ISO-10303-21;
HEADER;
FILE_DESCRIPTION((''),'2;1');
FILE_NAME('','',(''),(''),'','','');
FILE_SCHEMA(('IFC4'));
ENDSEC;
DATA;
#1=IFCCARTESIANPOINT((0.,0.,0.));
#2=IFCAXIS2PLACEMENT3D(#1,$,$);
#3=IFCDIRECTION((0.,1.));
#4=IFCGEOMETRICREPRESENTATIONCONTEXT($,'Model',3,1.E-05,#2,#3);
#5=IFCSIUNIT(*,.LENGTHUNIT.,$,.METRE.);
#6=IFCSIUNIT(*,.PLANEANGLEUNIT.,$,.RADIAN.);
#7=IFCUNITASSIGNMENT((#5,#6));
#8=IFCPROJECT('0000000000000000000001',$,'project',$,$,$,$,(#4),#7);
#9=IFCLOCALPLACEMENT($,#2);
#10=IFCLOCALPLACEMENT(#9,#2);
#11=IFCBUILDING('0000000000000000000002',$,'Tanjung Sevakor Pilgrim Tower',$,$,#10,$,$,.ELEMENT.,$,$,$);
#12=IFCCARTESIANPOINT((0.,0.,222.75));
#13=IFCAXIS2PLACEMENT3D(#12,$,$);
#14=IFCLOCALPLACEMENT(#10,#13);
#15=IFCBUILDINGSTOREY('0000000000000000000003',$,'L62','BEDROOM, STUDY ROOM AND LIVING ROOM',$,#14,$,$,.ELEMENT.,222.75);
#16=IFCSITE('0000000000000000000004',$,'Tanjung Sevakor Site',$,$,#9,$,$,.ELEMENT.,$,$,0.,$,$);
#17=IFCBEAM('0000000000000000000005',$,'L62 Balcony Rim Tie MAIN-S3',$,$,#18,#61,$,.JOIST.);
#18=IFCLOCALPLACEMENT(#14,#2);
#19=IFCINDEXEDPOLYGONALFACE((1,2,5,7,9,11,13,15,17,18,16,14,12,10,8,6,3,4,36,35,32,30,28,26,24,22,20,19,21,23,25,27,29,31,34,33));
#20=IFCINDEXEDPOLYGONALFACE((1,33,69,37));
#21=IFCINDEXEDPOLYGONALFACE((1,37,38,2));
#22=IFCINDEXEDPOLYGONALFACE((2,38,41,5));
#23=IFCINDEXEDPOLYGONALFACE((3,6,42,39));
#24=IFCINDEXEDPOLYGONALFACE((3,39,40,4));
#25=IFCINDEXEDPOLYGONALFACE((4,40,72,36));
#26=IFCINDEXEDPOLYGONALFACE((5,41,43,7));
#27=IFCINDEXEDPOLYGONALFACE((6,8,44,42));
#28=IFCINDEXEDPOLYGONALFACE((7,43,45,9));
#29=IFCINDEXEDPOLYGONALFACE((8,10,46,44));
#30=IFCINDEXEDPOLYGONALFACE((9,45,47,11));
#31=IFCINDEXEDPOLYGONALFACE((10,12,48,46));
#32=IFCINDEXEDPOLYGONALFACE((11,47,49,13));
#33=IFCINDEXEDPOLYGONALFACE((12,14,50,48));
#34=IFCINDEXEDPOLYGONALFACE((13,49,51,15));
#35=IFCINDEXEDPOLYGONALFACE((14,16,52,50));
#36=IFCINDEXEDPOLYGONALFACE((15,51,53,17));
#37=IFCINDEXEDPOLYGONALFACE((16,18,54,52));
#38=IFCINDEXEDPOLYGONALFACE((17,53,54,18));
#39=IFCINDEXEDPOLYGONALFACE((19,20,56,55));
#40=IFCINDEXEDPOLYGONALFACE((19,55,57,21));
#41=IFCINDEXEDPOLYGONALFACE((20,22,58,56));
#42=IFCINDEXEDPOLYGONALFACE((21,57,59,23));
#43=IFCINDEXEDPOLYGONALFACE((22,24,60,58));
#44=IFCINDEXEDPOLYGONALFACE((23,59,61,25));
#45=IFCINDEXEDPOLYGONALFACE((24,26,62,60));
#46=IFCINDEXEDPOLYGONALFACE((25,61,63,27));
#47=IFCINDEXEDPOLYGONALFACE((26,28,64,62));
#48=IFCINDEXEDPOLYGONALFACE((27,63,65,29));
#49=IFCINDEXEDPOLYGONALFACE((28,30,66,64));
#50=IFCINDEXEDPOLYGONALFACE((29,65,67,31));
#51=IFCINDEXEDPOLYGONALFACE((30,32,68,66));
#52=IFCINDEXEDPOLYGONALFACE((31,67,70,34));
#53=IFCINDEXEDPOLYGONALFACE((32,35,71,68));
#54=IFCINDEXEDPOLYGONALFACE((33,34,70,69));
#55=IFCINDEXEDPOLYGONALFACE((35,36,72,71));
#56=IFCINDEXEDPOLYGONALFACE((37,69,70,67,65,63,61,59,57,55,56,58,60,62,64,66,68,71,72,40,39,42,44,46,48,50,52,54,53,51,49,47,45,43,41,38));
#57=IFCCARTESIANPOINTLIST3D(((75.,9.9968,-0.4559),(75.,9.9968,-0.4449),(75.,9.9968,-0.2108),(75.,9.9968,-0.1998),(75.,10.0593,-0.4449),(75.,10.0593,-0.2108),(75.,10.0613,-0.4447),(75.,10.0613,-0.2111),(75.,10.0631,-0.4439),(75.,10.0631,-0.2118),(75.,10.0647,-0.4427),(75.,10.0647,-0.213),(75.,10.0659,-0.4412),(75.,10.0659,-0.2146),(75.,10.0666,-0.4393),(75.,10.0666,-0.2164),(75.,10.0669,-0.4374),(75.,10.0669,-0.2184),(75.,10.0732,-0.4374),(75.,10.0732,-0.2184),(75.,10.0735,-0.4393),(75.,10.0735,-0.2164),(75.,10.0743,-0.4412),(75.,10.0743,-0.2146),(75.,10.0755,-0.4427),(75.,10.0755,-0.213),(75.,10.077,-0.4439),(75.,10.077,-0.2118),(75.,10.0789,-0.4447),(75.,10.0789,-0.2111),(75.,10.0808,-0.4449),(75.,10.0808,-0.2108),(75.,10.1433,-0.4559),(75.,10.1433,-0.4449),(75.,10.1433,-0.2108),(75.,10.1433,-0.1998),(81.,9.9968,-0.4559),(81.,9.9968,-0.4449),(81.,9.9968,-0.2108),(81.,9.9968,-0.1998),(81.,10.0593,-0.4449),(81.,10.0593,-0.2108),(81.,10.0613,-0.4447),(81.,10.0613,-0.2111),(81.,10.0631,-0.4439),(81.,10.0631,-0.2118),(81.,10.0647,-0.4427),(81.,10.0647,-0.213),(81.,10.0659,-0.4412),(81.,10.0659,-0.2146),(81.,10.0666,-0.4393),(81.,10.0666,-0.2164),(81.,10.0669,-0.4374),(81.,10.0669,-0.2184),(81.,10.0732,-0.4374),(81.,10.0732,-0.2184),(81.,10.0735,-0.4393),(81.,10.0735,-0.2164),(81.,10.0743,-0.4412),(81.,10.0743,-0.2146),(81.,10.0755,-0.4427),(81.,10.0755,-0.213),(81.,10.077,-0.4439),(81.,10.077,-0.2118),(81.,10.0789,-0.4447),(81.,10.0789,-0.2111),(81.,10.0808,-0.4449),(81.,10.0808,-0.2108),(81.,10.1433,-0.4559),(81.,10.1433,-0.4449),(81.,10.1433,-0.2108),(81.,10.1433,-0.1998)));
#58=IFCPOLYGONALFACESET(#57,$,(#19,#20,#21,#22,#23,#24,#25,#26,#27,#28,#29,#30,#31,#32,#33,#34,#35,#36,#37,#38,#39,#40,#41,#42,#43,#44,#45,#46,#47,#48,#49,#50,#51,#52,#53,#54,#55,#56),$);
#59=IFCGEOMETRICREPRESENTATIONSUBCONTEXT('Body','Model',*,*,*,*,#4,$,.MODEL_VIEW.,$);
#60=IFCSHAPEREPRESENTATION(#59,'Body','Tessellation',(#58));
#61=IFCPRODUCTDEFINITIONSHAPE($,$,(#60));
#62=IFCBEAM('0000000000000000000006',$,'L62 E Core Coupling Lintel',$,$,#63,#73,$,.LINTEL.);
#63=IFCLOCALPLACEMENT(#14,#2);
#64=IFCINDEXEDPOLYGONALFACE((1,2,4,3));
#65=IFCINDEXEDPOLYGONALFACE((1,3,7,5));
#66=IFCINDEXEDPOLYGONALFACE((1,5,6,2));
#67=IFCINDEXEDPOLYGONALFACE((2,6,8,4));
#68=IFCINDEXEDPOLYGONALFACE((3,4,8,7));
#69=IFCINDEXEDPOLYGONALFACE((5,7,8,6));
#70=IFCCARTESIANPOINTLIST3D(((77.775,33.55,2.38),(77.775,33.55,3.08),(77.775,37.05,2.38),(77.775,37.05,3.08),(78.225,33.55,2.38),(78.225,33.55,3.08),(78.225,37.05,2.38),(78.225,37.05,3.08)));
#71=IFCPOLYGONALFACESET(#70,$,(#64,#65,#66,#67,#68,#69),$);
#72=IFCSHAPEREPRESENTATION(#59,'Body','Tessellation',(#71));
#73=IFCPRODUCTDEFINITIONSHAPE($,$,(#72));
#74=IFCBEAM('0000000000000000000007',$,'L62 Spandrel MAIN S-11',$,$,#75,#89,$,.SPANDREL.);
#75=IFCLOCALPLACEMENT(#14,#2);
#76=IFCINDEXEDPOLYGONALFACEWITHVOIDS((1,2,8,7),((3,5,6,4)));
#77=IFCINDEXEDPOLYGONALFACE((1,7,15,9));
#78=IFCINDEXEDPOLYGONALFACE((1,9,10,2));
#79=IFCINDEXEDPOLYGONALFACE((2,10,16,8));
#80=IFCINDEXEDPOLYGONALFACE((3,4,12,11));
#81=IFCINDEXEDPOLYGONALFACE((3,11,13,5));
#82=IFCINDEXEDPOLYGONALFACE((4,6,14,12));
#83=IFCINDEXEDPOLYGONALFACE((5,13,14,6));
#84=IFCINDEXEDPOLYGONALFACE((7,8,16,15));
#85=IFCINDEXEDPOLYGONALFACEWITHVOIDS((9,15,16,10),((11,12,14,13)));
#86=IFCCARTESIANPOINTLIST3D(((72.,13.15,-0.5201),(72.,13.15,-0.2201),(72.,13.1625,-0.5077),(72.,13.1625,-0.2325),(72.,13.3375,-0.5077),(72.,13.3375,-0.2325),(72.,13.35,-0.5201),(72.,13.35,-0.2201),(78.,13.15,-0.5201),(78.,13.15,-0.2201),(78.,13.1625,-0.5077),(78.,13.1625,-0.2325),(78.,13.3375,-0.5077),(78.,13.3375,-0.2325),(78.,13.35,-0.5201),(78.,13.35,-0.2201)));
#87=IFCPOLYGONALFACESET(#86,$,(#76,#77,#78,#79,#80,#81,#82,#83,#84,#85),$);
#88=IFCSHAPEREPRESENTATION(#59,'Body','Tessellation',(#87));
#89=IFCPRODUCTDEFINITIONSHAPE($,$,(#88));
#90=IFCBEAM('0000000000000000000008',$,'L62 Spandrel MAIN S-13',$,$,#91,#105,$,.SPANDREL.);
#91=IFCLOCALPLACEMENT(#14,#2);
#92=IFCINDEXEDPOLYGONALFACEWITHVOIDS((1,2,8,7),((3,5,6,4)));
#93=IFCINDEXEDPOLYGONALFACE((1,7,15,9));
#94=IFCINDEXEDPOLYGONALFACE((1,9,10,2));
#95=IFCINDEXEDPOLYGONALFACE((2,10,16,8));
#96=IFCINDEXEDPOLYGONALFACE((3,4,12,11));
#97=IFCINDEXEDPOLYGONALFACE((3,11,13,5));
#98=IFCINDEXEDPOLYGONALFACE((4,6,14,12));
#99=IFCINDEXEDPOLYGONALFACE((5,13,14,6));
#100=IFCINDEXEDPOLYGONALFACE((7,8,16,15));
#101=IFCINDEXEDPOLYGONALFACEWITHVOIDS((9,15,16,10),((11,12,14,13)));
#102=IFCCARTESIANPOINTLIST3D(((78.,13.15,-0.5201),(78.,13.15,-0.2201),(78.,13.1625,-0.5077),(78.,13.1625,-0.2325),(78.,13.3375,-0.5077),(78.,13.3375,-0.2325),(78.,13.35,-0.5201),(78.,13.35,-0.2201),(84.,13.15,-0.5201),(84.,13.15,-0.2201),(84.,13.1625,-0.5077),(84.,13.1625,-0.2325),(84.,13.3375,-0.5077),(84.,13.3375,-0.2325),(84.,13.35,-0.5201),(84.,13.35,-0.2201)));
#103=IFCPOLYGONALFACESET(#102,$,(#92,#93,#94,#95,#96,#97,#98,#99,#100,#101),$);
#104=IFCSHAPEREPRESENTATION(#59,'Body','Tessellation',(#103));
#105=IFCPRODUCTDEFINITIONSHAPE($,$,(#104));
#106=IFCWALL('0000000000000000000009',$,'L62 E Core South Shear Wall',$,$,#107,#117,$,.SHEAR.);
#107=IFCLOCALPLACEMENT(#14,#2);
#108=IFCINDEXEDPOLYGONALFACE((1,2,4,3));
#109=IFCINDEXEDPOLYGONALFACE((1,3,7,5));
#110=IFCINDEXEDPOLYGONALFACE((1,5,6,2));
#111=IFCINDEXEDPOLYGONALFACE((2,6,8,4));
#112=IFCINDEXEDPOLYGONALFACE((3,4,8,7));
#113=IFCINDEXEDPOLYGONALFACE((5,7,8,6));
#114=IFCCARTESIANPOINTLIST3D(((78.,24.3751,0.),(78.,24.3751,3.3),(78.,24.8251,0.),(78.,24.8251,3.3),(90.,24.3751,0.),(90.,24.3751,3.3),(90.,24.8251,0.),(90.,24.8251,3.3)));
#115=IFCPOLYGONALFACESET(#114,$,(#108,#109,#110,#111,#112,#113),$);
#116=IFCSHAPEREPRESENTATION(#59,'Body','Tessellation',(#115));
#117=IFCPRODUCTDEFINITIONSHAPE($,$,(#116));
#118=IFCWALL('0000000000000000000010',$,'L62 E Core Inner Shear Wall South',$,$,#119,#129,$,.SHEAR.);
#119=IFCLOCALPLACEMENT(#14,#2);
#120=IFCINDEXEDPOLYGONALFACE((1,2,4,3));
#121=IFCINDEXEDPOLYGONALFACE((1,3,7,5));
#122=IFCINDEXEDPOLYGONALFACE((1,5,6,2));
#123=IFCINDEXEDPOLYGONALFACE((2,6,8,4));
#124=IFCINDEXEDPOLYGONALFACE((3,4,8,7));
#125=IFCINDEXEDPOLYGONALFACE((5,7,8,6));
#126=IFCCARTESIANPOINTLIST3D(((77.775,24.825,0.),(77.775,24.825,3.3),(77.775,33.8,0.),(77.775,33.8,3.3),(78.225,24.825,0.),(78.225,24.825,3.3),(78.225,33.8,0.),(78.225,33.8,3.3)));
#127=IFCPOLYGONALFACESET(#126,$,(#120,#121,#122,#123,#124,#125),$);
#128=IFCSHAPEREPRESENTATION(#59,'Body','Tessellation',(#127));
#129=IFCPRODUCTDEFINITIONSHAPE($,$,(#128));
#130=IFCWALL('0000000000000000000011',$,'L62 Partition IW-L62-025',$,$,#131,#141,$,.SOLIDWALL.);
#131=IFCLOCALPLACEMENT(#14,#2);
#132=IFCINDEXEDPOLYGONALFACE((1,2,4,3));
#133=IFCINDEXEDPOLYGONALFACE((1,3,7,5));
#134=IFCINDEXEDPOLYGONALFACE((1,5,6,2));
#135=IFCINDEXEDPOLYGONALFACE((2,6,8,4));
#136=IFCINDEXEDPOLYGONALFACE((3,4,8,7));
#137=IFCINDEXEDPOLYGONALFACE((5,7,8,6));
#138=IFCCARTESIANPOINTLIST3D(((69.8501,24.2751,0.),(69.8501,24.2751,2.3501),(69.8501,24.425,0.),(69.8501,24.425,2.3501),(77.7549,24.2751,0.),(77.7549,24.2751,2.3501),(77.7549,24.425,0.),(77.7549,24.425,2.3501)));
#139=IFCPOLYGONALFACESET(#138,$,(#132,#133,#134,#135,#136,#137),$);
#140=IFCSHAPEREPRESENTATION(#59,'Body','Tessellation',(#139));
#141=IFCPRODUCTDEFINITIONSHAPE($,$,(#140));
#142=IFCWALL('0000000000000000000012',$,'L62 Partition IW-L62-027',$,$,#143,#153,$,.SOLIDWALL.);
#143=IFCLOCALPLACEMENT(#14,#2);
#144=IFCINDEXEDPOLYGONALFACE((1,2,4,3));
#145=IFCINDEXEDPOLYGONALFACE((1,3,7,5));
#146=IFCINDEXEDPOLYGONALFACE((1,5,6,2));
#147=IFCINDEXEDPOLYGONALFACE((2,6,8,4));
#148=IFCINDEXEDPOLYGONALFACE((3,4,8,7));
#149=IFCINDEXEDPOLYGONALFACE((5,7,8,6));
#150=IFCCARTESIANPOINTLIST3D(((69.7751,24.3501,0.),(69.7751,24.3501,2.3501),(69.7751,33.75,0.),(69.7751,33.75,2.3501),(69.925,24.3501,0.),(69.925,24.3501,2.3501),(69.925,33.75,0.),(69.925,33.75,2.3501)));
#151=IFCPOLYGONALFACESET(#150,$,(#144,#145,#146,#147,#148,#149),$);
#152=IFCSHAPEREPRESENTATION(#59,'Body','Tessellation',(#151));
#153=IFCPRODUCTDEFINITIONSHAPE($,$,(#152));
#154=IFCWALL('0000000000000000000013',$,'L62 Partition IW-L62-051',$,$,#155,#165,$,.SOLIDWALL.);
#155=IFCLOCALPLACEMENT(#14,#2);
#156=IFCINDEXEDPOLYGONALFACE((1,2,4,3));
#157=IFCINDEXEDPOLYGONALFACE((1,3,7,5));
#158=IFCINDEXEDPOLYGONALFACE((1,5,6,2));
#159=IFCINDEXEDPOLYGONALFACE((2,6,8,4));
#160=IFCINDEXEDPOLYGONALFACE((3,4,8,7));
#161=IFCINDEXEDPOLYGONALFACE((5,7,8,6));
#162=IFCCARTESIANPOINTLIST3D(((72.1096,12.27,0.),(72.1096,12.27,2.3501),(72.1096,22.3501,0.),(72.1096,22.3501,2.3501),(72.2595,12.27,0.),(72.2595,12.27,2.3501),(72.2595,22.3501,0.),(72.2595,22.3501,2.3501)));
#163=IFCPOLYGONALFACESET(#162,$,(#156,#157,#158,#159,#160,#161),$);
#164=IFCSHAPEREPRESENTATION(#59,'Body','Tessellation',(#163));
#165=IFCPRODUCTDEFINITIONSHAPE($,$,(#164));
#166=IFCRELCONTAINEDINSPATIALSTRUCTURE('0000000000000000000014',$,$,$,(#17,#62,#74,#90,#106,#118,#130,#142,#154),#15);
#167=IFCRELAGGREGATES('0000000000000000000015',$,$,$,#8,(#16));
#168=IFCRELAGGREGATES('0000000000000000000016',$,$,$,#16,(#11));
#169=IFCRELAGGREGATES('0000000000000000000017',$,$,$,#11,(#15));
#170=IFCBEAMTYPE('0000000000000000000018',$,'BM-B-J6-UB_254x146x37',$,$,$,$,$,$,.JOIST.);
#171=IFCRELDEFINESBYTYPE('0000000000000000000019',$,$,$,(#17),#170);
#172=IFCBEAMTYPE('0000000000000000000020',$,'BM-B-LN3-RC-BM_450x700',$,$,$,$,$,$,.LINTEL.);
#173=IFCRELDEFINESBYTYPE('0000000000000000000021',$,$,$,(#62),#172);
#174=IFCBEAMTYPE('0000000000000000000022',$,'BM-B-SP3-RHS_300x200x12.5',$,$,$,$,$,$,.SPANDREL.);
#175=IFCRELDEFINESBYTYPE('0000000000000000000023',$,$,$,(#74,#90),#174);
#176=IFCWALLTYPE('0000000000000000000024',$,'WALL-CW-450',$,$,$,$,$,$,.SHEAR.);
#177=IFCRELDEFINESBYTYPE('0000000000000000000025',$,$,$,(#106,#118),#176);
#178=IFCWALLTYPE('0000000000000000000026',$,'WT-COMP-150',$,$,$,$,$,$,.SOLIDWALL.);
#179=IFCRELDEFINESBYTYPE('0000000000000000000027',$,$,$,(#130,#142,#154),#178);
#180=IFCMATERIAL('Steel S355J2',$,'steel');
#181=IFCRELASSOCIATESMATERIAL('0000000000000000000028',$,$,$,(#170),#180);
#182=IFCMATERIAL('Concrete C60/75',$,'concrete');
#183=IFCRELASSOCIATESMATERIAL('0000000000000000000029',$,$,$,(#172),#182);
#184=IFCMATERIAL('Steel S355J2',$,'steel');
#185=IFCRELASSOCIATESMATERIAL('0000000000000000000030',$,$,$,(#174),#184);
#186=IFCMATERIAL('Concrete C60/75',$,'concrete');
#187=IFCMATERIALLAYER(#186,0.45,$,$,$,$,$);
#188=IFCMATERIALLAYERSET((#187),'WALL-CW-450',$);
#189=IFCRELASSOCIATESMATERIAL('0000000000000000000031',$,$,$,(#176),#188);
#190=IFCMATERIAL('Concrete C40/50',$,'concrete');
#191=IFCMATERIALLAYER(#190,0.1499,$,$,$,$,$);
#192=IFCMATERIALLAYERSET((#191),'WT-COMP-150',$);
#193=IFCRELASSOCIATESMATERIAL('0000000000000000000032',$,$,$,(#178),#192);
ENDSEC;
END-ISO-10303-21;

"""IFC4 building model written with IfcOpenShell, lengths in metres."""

from ifc_helpers import new_model, si_unit, direction, frame, frame_2d, origin, origin_2d, place, context, subcontext, project, spatial, rectangle, hollow_rectangle, i_section, extrude, material, layer, layer_set, material_profile, profile_set, type_object, element, save


model = new_model("IFC4")

# Units and contexts
model_context = context("Model", 3, precision=1e-05, world=origin(), true_north=direction((0.0, 1.0)))
body_context = subcontext(model_context, "Body", "Model", "MODEL_VIEW")
ifc_project = project(units=[si_unit("LENGTHUNIT", "METRE"), si_unit("PLANEANGLEUNIT", "RADIAN")], contexts=[model_context])

# Site, building, storey
site_placement = place(None, origin())
site = spatial("IfcSite", under=ifc_project, at=site_placement, Name="Tanjung Sevakor Site", CompositionType="ELEMENT", RefElevation=0.0)
building_placement = place(site_placement, origin())
building = spatial("IfcBuilding", under=site, at=building_placement, Name="Tanjung Sevakor Pilgrim Tower", CompositionType="ELEMENT")
storey_placement = place(building_placement, frame((0.0, 0.0, 222.75)))
storey = spatial("IfcBuildingStorey", under=building, at=storey_placement, Name="L62", Description="BEDROOM, STUDY ROOM AND LIVING ROOM", CompositionType="ELEMENT", Elevation=222.75)

# Beams
ifc_material_1 = material(Name="Steel S355J2", Category="steel")
ifc_material_profile_1 = material_profile(ifc_material_1, i_section(OverallWidth=0.1465, OverallDepth=0.2561, WebThickness=0.0063, FlangeThickness=0.011, FilletRadius=0.0076, at=origin_2d()))
ifc_profile_set_1 = profile_set([ifc_material_profile_1], Name="Steel S355J2")
beam_type_1 = type_object("IfcBeamType", Name="BM-B-J6-UB_254x146x37", PredefinedType="JOIST", material=ifc_profile_set_1)
beam_1_placement = place(storey_placement, frame((75.0, 10.0701, -0.3279), z_axis=(1.0, 0.0, 0.0), x_axis=(0.0, 1.0, 0.0)))
element("IfcBeam", 1, at=beam_1_placement, inside=storey, type_object=beam_type_1, Name="L62 Balcony Rim Tie MAIN-S3", PredefinedType="JOIST", context=body_context, shape_type="SweptSolid", body=[
    extrude(i_section(OverallWidth=0.1465, OverallDepth=0.2561, WebThickness=0.0063, FlangeThickness=0.011, FilletRadius=0.0076, at=origin_2d()), origin(), (0.0, 0.0, 1.0), 6.0),
])
ifc_material_2 = material(Name="Concrete C60/75", Category="concrete")
ifc_material_profile_2 = material_profile(ifc_material_2, rectangle(XDim=0.45, YDim=0.7, at=origin_2d()))
ifc_profile_set_2 = profile_set([ifc_material_profile_2], Name="Concrete C60/75")
beam_type_2 = type_object("IfcBeamType", Name="BM-B-LN3-RC-BM_450x700", PredefinedType="LINTEL", material=ifc_profile_set_2)
beam_2_placement = place(storey_placement, frame((78.0, 33.55, 2.73), z_axis=(0.0, 1.0, 0.0), x_axis=(-1.0, 0.0, 0.0)))
element("IfcBeam", 2, at=beam_2_placement, inside=storey, type_object=beam_type_2, Name="L62 E Core Coupling Lintel", PredefinedType="LINTEL", context=body_context, shape_type="SweptSolid", body=[
    extrude(rectangle(XDim=0.45, YDim=0.7, at=origin_2d()), origin(), (0.0, 0.0, 1.0), 3.5),
])
ifc_material_3 = material(Name="Steel S355J2", Category="steel")
ifc_material_profile_3 = material_profile(ifc_material_3, hollow_rectangle(XDim=0.2, YDim=0.3, WallThickness=0.0125, at=origin_2d()))
ifc_profile_set_3 = profile_set([ifc_material_profile_3], Name="Steel S355J2")
beam_type_3 = type_object("IfcBeamType", Name="BM-B-SP3-RHS_300x200x12.5", PredefinedType="SPANDREL", material=ifc_profile_set_3)
for number, where, z_axis, x_axis, name in (
    (3, (72.0, 13.25, -0.3701), (1.0, 0.0, 0.0), (0.0, 1.0, 0.0), "L62 Spandrel MAIN S-11"),
    (4, (78.0, 13.25, -0.3701), (1.0, 0.0, 0.0), (0.0, 1.0, 0.0), "L62 Spandrel MAIN S-13"),
):
    element("IfcBeam", number, at=place(storey_placement, frame(where, z_axis=z_axis, x_axis=x_axis)), inside=storey, type_object=beam_type_3, Name=name, PredefinedType="SPANDREL", context=body_context, shape_type="SweptSolid", body=[
        extrude(hollow_rectangle(XDim=0.2, YDim=0.3, WallThickness=0.0125, at=origin_2d()), origin(), (0.0, 0.0, 1.0), 6.0),
    ])

# Walls
ifc_material_4 = material(Name="Concrete C60/75", Category="concrete")
ifc_layer_1 = layer(ifc_material_4, 0.45)
ifc_layer_set_1 = layer_set([ifc_layer_1], Name="WALL-CW-450")
wall_type_1 = type_object("IfcWallType", Name="WALL-CW-450", PredefinedType="SHEAR", material=ifc_layer_set_1)
wall_1_placement = place(storey_placement, frame((78.0, 24.6001, 0.0), z_axis=(0.0, 0.0, 1.0), x_axis=(1.0, 0.0, 0.0)))
element("IfcWall", 5, at=wall_1_placement, inside=storey, type_object=wall_type_1, Name="L62 E Core South Shear Wall", PredefinedType="SHEAR", context=body_context, shape_type="SweptSolid", body=[
    extrude(rectangle(XDim=12.0, YDim=0.45, at=frame_2d((6.0, 0.0))), origin(), (0.0, 0.0, 1.0), 3.3),
])
wall_2_placement = place(storey_placement, frame((78.0, 24.825, 0.0), z_axis=(0.0, 0.0, 1.0), x_axis=(0.0, 1.0, 0.0)))
element("IfcWall", 6, at=wall_2_placement, inside=storey, type_object=wall_type_1, Name="L62 E Core Inner Shear Wall South", PredefinedType="SHEAR", context=body_context, shape_type="SweptSolid", body=[
    extrude(rectangle(XDim=8.9751, YDim=0.45, at=frame_2d((4.4875, 0.0))), origin(), (0.0, 0.0, 1.0), 3.3),
])
ifc_material_5 = material(Name="Concrete C40/50", Category="concrete")
ifc_layer_2 = layer(ifc_material_5, 0.1499)
ifc_layer_set_2 = layer_set([ifc_layer_2], Name="WT-COMP-150")
wall_type_2 = type_object("IfcWallType", Name="WT-COMP-150", PredefinedType="SOLIDWALL", material=ifc_layer_set_2)
wall_3_placement = place(storey_placement, frame((69.8501, 24.3501, 0.0), z_axis=(0.0, 0.0, 1.0), x_axis=(1.0, 0.0, 0.0)))
element("IfcWall", 7, at=wall_3_placement, inside=storey, type_object=wall_type_2, Name="L62 Partition IW-L62-025", PredefinedType="SOLIDWALL", context=body_context, shape_type="SweptSolid", body=[
    extrude(rectangle(XDim=7.9048, YDim=0.1499, at=frame_2d((3.9524, 0.0))), origin(), (0.0, 0.0, 1.0), 2.3501),
])
wall_4_placement = place(storey_placement, frame((69.8501, 24.3501, 0.0), z_axis=(0.0, 0.0, 1.0), x_axis=(0.0, 1.0, 0.0)))
element("IfcWall", 8, at=wall_4_placement, inside=storey, type_object=wall_type_2, Name="L62 Partition IW-L62-027", PredefinedType="SOLIDWALL", context=body_context, shape_type="SweptSolid", body=[
    extrude(rectangle(XDim=9.3999, YDim=0.1499, at=frame_2d((4.7, 0.0))), origin(), (0.0, 0.0, 1.0), 2.3501),
])
wall_5_placement = place(storey_placement, frame((72.1846, 12.27, 0.0), z_axis=(0.0, 0.0, 1.0), x_axis=(0.0, 1.0, 0.0)))
element("IfcWall", 9, at=wall_5_placement, inside=storey, type_object=wall_type_2, Name="L62 Partition IW-L62-051", PredefinedType="SOLIDWALL", context=body_context, shape_type="SweptSolid", body=[
    extrude(rectangle(XDim=10.0801, YDim=0.1499, at=frame_2d((5.04, 0.0))), origin(), (0.0, 0.0, 1.0), 2.3501),
])

save(model, "model.ifc")
